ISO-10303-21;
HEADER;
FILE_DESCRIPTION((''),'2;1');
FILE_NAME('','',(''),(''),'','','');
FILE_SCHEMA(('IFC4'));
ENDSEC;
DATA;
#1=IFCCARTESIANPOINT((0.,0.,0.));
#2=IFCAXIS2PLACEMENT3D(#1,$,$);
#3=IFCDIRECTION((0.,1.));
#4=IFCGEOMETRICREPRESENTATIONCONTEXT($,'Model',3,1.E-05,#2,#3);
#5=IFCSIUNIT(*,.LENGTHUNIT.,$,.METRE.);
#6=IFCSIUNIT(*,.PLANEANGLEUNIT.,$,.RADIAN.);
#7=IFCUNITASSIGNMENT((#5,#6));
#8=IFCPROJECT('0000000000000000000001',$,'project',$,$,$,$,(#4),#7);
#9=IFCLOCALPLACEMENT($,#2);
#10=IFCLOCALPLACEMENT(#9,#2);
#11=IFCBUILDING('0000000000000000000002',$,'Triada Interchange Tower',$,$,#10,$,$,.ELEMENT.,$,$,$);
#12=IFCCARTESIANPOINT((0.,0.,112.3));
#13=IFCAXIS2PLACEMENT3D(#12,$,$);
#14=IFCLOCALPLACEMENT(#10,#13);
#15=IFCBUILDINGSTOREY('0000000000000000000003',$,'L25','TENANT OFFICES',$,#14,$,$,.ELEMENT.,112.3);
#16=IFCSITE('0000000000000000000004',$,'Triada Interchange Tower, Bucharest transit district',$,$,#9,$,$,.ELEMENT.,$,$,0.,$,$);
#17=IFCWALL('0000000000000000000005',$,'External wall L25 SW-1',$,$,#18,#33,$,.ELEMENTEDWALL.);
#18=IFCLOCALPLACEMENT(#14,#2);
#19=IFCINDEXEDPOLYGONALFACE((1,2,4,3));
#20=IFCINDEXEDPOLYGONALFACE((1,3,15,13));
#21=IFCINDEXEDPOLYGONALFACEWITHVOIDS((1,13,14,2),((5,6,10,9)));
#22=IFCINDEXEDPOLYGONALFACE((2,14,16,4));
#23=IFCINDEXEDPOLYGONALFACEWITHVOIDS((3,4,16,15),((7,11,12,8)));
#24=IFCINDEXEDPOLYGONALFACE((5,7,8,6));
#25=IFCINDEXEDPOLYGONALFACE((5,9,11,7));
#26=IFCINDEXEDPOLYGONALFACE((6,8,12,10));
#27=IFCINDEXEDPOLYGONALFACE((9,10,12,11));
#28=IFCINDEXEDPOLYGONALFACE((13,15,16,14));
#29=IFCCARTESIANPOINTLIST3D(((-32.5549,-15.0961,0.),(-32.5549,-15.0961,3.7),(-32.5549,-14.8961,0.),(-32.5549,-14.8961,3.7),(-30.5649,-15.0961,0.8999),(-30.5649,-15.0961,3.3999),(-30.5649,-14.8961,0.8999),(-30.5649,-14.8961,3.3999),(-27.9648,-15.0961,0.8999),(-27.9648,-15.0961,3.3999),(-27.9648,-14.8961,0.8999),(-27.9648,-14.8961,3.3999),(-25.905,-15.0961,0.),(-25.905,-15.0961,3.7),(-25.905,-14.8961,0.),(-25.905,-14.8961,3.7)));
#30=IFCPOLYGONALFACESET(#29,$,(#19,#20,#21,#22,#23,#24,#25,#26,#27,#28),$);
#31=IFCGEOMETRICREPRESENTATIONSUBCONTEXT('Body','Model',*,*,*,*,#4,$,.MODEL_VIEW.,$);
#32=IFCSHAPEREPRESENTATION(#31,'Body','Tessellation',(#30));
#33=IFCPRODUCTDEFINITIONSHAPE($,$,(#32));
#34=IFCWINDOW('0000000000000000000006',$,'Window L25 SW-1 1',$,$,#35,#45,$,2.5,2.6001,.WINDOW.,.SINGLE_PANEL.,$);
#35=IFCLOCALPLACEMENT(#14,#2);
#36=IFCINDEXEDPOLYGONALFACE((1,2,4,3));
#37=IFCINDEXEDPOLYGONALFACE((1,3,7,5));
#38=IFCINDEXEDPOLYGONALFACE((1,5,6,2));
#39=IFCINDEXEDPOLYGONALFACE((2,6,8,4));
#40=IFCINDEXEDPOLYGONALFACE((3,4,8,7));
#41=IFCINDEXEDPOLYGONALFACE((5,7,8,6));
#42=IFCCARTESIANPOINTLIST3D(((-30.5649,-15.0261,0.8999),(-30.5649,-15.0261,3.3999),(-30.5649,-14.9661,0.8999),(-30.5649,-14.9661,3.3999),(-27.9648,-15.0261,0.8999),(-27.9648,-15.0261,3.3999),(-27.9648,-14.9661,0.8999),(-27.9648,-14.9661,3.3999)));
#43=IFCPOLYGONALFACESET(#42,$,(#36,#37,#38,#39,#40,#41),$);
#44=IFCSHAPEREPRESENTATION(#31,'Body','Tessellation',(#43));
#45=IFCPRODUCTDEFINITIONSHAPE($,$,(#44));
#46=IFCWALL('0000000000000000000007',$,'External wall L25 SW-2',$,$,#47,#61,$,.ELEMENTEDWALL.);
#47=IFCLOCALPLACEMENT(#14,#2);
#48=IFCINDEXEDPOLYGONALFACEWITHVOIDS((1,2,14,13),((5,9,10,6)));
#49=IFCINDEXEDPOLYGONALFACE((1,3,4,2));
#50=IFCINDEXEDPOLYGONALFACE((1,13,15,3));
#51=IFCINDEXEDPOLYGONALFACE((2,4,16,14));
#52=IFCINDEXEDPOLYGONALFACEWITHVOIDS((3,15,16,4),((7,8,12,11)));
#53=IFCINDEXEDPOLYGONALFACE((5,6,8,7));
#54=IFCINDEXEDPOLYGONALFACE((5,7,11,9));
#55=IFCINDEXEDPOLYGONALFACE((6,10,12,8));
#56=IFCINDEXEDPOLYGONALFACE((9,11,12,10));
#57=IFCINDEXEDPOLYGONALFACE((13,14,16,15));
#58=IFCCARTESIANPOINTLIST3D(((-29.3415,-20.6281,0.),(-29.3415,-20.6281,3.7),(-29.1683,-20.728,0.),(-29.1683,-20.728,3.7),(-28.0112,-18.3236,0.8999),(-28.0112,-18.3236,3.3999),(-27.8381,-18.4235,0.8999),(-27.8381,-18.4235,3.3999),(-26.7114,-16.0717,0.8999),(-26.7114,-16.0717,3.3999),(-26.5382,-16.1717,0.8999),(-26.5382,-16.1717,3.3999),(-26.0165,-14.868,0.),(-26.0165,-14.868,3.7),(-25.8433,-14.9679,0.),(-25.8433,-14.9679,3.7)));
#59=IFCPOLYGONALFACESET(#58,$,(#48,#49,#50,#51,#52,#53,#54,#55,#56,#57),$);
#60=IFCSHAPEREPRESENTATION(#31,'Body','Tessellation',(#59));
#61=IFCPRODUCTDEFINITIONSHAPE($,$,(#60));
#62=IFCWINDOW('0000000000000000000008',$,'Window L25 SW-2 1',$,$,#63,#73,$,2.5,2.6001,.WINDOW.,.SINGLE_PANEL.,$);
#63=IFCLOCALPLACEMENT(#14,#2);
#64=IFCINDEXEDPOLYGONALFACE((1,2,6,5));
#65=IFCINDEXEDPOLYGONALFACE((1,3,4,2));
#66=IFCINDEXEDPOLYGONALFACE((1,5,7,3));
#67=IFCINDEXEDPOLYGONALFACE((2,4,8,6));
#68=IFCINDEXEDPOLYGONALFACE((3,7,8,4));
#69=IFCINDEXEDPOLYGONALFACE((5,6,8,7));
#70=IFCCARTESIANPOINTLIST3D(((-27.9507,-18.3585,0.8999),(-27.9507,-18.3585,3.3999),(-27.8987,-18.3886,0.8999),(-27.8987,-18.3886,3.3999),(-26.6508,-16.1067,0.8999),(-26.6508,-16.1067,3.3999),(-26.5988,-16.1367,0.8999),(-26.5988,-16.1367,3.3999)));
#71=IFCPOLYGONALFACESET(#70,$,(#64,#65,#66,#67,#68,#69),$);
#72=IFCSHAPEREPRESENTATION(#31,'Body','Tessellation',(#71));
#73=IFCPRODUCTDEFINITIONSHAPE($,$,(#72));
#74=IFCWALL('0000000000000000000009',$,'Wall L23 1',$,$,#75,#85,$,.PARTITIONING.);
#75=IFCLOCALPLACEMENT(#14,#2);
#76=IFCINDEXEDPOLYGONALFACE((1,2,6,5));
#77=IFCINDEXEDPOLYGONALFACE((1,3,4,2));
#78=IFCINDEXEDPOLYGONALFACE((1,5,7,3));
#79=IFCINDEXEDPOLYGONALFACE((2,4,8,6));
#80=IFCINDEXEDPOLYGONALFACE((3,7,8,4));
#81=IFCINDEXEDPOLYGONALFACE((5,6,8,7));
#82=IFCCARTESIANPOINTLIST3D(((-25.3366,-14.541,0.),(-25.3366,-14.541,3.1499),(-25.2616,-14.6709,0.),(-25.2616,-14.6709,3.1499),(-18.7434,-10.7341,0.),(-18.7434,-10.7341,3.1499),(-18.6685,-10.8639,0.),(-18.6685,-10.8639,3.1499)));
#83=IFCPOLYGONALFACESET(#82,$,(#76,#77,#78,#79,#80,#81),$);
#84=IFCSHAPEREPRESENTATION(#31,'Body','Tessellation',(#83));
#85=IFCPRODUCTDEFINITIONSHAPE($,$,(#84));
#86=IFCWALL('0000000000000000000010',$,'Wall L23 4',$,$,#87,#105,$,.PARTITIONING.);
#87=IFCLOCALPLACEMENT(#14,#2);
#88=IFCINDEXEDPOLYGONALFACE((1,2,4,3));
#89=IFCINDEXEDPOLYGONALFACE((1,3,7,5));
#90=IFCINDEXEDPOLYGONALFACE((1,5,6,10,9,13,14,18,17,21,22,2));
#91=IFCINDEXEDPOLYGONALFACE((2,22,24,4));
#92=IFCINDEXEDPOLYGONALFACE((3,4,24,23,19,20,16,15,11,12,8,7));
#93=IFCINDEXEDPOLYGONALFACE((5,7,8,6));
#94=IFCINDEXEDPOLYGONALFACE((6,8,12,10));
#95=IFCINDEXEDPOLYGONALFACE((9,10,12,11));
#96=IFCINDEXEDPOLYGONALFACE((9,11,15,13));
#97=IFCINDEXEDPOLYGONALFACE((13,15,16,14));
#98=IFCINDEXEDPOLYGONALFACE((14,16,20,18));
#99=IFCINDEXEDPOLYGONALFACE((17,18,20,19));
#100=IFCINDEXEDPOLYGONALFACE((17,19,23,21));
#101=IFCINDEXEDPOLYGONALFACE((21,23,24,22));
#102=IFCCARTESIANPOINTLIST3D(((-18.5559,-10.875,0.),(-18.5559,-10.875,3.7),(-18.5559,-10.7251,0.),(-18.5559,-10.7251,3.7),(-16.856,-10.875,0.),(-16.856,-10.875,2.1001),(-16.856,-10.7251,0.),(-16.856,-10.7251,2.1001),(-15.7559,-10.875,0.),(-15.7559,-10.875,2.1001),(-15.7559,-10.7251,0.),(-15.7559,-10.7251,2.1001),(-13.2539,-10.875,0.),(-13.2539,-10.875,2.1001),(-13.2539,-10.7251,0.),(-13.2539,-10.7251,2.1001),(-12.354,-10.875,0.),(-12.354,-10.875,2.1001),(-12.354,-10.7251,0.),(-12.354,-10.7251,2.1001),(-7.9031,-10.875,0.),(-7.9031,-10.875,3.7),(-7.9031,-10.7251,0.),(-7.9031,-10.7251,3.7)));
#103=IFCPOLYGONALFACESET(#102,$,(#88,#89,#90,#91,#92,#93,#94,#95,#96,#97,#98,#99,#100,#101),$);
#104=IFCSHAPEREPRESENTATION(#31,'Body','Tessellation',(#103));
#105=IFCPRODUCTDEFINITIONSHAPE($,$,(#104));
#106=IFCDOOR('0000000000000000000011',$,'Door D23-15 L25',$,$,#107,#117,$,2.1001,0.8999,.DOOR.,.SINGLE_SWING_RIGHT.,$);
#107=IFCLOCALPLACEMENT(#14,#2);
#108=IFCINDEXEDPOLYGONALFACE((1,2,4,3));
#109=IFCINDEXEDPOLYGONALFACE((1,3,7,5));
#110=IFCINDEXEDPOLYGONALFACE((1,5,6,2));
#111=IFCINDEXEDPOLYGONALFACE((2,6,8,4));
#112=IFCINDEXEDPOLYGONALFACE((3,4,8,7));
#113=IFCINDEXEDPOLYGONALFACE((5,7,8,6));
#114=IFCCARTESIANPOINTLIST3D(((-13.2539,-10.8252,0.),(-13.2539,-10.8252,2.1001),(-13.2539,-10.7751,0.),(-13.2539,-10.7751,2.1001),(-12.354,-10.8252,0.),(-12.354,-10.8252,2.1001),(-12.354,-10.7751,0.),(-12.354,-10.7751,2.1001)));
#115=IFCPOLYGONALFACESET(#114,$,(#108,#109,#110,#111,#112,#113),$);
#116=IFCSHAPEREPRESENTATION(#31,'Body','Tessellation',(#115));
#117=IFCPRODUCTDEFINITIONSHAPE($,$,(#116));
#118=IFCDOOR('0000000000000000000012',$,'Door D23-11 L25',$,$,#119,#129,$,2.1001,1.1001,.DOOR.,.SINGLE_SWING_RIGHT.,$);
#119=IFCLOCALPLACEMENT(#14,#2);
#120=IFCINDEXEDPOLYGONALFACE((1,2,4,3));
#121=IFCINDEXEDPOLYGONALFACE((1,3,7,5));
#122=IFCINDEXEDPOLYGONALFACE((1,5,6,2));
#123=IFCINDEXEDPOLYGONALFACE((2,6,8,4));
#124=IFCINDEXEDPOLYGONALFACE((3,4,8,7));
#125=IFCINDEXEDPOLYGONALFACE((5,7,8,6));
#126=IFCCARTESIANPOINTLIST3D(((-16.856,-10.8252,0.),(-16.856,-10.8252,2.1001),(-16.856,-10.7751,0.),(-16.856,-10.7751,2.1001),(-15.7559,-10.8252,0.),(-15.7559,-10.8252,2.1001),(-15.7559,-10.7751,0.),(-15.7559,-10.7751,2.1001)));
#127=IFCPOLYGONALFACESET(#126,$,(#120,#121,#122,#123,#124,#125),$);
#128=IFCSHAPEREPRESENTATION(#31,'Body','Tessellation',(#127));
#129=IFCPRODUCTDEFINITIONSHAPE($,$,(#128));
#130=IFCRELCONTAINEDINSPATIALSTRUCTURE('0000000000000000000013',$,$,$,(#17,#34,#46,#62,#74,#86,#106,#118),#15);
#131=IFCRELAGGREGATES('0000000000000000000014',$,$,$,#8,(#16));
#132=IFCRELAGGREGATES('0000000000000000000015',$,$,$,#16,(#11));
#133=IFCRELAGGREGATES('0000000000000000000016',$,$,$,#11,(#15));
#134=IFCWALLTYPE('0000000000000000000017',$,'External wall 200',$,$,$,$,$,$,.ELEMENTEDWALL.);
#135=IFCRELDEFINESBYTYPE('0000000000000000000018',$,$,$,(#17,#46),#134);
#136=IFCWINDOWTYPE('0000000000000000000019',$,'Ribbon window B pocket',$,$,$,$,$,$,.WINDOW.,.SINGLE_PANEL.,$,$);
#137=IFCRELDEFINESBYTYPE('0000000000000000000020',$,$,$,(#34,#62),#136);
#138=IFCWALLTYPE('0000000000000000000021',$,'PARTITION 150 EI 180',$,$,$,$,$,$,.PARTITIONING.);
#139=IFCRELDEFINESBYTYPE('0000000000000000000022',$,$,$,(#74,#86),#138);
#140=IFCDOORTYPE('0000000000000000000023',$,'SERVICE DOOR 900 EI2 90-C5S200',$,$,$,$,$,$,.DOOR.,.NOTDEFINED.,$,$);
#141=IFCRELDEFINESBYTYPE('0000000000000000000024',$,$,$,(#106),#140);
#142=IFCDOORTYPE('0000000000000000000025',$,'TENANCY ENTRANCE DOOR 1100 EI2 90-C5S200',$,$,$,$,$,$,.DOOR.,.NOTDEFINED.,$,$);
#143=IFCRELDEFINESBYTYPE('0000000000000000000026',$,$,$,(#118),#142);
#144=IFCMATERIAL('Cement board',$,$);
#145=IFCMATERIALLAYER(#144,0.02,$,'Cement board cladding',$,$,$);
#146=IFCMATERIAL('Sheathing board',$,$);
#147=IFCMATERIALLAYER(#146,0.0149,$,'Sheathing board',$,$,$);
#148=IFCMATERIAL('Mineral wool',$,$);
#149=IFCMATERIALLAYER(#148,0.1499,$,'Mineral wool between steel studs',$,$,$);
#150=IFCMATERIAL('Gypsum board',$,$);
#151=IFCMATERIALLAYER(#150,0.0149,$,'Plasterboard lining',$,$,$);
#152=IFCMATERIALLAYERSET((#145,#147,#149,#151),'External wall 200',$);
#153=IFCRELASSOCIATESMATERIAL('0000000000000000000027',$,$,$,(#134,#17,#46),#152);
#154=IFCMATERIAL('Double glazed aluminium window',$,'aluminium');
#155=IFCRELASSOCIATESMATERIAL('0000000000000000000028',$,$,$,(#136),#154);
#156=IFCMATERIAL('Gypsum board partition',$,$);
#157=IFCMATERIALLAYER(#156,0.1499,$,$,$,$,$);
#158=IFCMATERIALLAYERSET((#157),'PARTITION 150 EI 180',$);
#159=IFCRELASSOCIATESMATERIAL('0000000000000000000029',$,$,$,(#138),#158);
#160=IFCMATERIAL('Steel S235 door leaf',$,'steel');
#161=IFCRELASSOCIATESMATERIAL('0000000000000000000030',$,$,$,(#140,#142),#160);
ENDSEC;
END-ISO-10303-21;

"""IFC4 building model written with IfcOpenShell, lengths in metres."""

from ifc_helpers import new_model, si_unit, direction, frame, frame_2d, origin, place, context, subcontext, project, spatial, rectangle, extrude, material, layer, layer_set, layer_usage, type_object, element, fill, save


model = new_model("IFC4")

# Units and contexts
model_context = context("Model", 3, precision=1e-05, world=origin(), true_north=direction((0.0, 1.0)))
body_context = subcontext(model_context, "Body", "Model", "MODEL_VIEW")
ifc_project = project(units=[si_unit("LENGTHUNIT", "METRE"), si_unit("PLANEANGLEUNIT", "RADIAN")], contexts=[model_context])

# Site, building, storey
site_placement = place(None, origin())
site = spatial("IfcSite", under=ifc_project, at=site_placement, Name="Triada Interchange Tower, Bucharest transit district", CompositionType="ELEMENT", RefElevation=0.0)
building_placement = place(site_placement, origin())
building = spatial("IfcBuilding", under=site, at=building_placement, Name="Triada Interchange Tower", CompositionType="ELEMENT")
storey_placement = place(building_placement, frame((0.0, 0.0, 112.3)))
storey = spatial("IfcBuildingStorey", under=building, at=storey_placement, Name="L25", Description="TENANT OFFICES", CompositionType="ELEMENT", Elevation=112.3)

# Walls, openings, windows
ifc_material_1 = material(Name="Cement board")
ifc_layer_1 = layer(ifc_material_1, 0.02, Name="Cement board cladding")
ifc_material_2 = material(Name="Sheathing board")
ifc_layer_2 = layer(ifc_material_2, 0.0149, Name="Sheathing board")
ifc_material_3 = material(Name="Mineral wool")
ifc_layer_3 = layer(ifc_material_3, 0.1499, Name="Mineral wool between steel studs")
ifc_material_4 = material(Name="Gypsum board")
ifc_layer_4 = layer(ifc_material_4, 0.0149, Name="Plasterboard lining")
ifc_layer_set_1 = layer_set([ifc_layer_1, ifc_layer_2, ifc_layer_3, ifc_layer_4], Name="External wall 200")
ifc_layer_usage = layer_usage(ifc_layer_set_1, "AXIS2", "POSITIVE", -0.1001)
wall_type_1 = type_object("IfcWallType", Name="External wall 200", PredefinedType="ELEMENTEDWALL", material=ifc_layer_set_1)
wall_1_placement = place(storey_placement, frame((-32.5549, -14.9961, 0.0), z_axis=(0.0, 0.0, 1.0), x_axis=(1.0, 0.0, 0.0)))
wall_1 = element("IfcWall", 1, at=wall_1_placement, inside=storey, type_object=wall_type_1, material=ifc_layer_usage, Name="External wall L25 SW-1", PredefinedType="ELEMENTEDWALL", context=body_context, shape_type="SweptSolid", body=[
    extrude(rectangle(XDim=6.6499, YDim=0.2, at=frame_2d((3.325, 0.0))), origin(), (0.0, 0.0, 1.0), 3.7),
])
opening_1_placement = place(wall_1_placement, frame((1.99, 0.0, 0.8999)))
opening_1 = element("IfcOpeningElement", 2, at=opening_1_placement, cuts=wall_1, PredefinedType="OPENING", context=body_context, shape_type="SweptSolid", body=[
    extrude(rectangle(XDim=2.6001, YDim=2.5, at=frame_2d((1.3, 1.25))), frame((0.0, 0.1099, 0.0), z_axis=(0.0, -1.0, 0.0), x_axis=(1.0, 0.0, 0.0)), (0.0, 0.0, 1.0), 0.22),
])
ifc_material_5 = material(Name="Double glazed aluminium window", Category="aluminium")
window_type = type_object("IfcWindowType", Name="Ribbon window B pocket", PartitioningType="SINGLE_PANEL", PredefinedType="WINDOW", material=ifc_material_5)
window_1_placement = place(opening_1_placement, origin())
window_1 = element("IfcWindow", 3, at=window_1_placement, inside=storey, type_object=window_type, Name="Window L25 SW-1 1", OverallHeight=2.5, OverallWidth=2.6001, PartitioningType="SINGLE_PANEL", PredefinedType="WINDOW", context=body_context, shape_type="SweptSolid", body=[
    extrude(rectangle(XDim=2.6001, YDim=2.5, at=frame_2d((1.3, 1.25))), frame((0.0, 0.03, 0.0), z_axis=(0.0, -1.0, 0.0), x_axis=(1.0, 0.0, 0.0)), (0.0, 0.0, 1.0), 0.0601),
])
fill(opening_1, window_1)
wall_2_placement = place(storey_placement, frame((-25.9299, -14.918, 0.0), z_axis=(0.0, 0.0, 1.0), x_axis=(-0.499933, -0.866064, 0.0)))
wall_2 = element("IfcWall", 4, at=wall_2_placement, inside=storey, type_object=wall_type_1, material=ifc_layer_usage, Name="External wall L25 SW-2", PredefinedType="ELEMENTEDWALL", context=body_context, shape_type="SweptSolid", body=[
    extrude(rectangle(XDim=6.6509, YDim=0.2, at=frame_2d((3.3254, 0.0))), origin(), (0.0, 0.0, 1.0), 3.7),
])
opening_2_placement = place(wall_2_placement, frame((1.3899, 0.0, 0.8999)))
opening_2 = element("IfcOpeningElement", 5, at=opening_2_placement, cuts=wall_2, PredefinedType="OPENING", context=body_context, shape_type="SweptSolid", body=[
    extrude(rectangle(XDim=2.6001, YDim=2.5, at=frame_2d((1.3, 1.25))), frame((0.0, 0.1099, 0.0), z_axis=(0.0, -1.0, 0.0), x_axis=(1.0, 0.0, 0.0)), (0.0, 0.0, 1.0), 0.22),
])
window_2_placement = place(opening_2_placement, origin())
window_2 = element("IfcWindow", 6, at=window_2_placement, inside=storey, type_object=window_type, Name="Window L25 SW-2 1", OverallHeight=2.5, OverallWidth=2.6001, PartitioningType="SINGLE_PANEL", PredefinedType="WINDOW", context=body_context, shape_type="SweptSolid", body=[
    extrude(rectangle(XDim=2.6001, YDim=2.5, at=frame_2d((1.3, 1.25))), frame((0.0, 0.03, 0.0), z_axis=(0.0, -1.0, 0.0), x_axis=(1.0, 0.0, 0.0)), (0.0, 0.0, 1.0), 0.0601),
])
fill(opening_2, window_2)

# Wall
ifc_material_6 = material(Name="Gypsum board partition")
ifc_layer_5 = layer(ifc_material_6, 0.1499)
ifc_layer_set_2 = layer_set([ifc_layer_5], Name="PARTITION 150 EI 180")
wall_type_2 = type_object("IfcWallType", Name="PARTITION 150 EI 180", PredefinedType="PARTITIONING", material=ifc_layer_set_2)
wall_3_placement = place(storey_placement, frame((-25.2991, -14.606, 0.0), z_axis=(0.0, 0.0, 1.0), x_axis=(0.866002, 0.50004, 0.0)))
element("IfcWall", 7, at=wall_3_placement, inside=storey, type_object=wall_type_2, Name="Wall L23 1", PredefinedType="PARTITIONING", context=body_context, shape_type="SweptSolid", body=[
    extrude(rectangle(XDim=7.6133, YDim=0.1499, at=frame_2d((3.8066, 0.0))), origin(), (0.0, 0.0, 1.0), 3.1499),
])

# Wall, openings, doors
wall_4_placement = place(storey_placement, frame((-18.5559, -10.8, 0.0), z_axis=(0.0, 0.0, 1.0), x_axis=(1.0, 0.0, 0.0)))
wall_4 = element("IfcWall", 8, at=wall_4_placement, inside=storey, type_object=wall_type_2, Name="Wall L23 4", PredefinedType="PARTITIONING", context=body_context, shape_type="SweptSolid", body=[
    extrude(rectangle(XDim=10.6528, YDim=0.1499, at=frame_2d((5.3264, 0.0))), origin(), (0.0, 0.0, 1.0), 3.7),
])
opening_3_placement = place(wall_4_placement, frame((1.7, 0.0, 0.0)))
opening_3 = element("IfcOpeningElement", 9, at=opening_3_placement, cuts=wall_4, PredefinedType="OPENING", context=body_context, shape_type="SweptSolid", body=[
    extrude(rectangle(XDim=1.1001, YDim=2.1001, at=frame_2d((0.55, 1.05))), frame((0.0, 0.085, 0.0), z_axis=(0.0, -1.0, 0.0), x_axis=(1.0, 0.0, 0.0)), (0.0, 0.0, 1.0), 0.1699),
])
opening_4_placement = place(wall_4_placement, frame((5.302, 0.0, 0.0)))
opening_4 = element("IfcOpeningElement", 10, at=opening_4_placement, cuts=wall_4, PredefinedType="OPENING", context=body_context, shape_type="SweptSolid", body=[
    extrude(rectangle(XDim=0.8999, YDim=2.1001, at=frame_2d((0.45, 1.05))), frame((0.0, 0.085, 0.0), z_axis=(0.0, -1.0, 0.0), x_axis=(1.0, 0.0, 0.0)), (0.0, 0.0, 1.0), 0.1699),
])
ifc_material_7 = material(Name="Steel S235 door leaf", Category="steel")
door_type_1 = type_object("IfcDoorType", Name="SERVICE DOOR 900 EI2 90-C5S200", OperationType="NOTDEFINED", PredefinedType="DOOR", material=ifc_material_7)
door_1_placement = place(opening_4_placement, origin())
door_1 = element("IfcDoor", 11, at=door_1_placement, inside=storey, type_object=door_type_1, Name="Door D23-15 L25", OperationType="SINGLE_SWING_RIGHT", OverallHeight=2.1001, OverallWidth=0.8999, PredefinedType="DOOR", context=body_context, shape_type="SweptSolid", body=[
    extrude(rectangle(XDim=0.8999, YDim=2.1001, at=frame_2d((0.45, 1.05))), frame((0.0, 0.0249, 0.0), z_axis=(0.0, -1.0, 0.0), x_axis=(1.0, 0.0, 0.0)), (0.0, 0.0, 1.0), 0.05),
])
fill(opening_4, door_1)
door_type_2 = type_object("IfcDoorType", Name="TENANCY ENTRANCE DOOR 1100 EI2 90-C5S200", OperationType="NOTDEFINED", PredefinedType="DOOR", material=ifc_material_7)
door_2_placement = place(opening_3_placement, origin())
door_2 = element("IfcDoor", 12, at=door_2_placement, inside=storey, type_object=door_type_2, Name="Door D23-11 L25", OperationType="SINGLE_SWING_RIGHT", OverallHeight=2.1001, OverallWidth=1.1001, PredefinedType="DOOR", context=body_context, shape_type="SweptSolid", body=[
    extrude(rectangle(XDim=1.1001, YDim=2.1001, at=frame_2d((0.55, 1.05))), frame((0.0, 0.0249, 0.0), z_axis=(0.0, -1.0, 0.0), x_axis=(1.0, 0.0, 0.0)), (0.0, 0.0, 1.0), 0.05),
])
fill(opening_3, door_2)

save(model, "model.ifc")
